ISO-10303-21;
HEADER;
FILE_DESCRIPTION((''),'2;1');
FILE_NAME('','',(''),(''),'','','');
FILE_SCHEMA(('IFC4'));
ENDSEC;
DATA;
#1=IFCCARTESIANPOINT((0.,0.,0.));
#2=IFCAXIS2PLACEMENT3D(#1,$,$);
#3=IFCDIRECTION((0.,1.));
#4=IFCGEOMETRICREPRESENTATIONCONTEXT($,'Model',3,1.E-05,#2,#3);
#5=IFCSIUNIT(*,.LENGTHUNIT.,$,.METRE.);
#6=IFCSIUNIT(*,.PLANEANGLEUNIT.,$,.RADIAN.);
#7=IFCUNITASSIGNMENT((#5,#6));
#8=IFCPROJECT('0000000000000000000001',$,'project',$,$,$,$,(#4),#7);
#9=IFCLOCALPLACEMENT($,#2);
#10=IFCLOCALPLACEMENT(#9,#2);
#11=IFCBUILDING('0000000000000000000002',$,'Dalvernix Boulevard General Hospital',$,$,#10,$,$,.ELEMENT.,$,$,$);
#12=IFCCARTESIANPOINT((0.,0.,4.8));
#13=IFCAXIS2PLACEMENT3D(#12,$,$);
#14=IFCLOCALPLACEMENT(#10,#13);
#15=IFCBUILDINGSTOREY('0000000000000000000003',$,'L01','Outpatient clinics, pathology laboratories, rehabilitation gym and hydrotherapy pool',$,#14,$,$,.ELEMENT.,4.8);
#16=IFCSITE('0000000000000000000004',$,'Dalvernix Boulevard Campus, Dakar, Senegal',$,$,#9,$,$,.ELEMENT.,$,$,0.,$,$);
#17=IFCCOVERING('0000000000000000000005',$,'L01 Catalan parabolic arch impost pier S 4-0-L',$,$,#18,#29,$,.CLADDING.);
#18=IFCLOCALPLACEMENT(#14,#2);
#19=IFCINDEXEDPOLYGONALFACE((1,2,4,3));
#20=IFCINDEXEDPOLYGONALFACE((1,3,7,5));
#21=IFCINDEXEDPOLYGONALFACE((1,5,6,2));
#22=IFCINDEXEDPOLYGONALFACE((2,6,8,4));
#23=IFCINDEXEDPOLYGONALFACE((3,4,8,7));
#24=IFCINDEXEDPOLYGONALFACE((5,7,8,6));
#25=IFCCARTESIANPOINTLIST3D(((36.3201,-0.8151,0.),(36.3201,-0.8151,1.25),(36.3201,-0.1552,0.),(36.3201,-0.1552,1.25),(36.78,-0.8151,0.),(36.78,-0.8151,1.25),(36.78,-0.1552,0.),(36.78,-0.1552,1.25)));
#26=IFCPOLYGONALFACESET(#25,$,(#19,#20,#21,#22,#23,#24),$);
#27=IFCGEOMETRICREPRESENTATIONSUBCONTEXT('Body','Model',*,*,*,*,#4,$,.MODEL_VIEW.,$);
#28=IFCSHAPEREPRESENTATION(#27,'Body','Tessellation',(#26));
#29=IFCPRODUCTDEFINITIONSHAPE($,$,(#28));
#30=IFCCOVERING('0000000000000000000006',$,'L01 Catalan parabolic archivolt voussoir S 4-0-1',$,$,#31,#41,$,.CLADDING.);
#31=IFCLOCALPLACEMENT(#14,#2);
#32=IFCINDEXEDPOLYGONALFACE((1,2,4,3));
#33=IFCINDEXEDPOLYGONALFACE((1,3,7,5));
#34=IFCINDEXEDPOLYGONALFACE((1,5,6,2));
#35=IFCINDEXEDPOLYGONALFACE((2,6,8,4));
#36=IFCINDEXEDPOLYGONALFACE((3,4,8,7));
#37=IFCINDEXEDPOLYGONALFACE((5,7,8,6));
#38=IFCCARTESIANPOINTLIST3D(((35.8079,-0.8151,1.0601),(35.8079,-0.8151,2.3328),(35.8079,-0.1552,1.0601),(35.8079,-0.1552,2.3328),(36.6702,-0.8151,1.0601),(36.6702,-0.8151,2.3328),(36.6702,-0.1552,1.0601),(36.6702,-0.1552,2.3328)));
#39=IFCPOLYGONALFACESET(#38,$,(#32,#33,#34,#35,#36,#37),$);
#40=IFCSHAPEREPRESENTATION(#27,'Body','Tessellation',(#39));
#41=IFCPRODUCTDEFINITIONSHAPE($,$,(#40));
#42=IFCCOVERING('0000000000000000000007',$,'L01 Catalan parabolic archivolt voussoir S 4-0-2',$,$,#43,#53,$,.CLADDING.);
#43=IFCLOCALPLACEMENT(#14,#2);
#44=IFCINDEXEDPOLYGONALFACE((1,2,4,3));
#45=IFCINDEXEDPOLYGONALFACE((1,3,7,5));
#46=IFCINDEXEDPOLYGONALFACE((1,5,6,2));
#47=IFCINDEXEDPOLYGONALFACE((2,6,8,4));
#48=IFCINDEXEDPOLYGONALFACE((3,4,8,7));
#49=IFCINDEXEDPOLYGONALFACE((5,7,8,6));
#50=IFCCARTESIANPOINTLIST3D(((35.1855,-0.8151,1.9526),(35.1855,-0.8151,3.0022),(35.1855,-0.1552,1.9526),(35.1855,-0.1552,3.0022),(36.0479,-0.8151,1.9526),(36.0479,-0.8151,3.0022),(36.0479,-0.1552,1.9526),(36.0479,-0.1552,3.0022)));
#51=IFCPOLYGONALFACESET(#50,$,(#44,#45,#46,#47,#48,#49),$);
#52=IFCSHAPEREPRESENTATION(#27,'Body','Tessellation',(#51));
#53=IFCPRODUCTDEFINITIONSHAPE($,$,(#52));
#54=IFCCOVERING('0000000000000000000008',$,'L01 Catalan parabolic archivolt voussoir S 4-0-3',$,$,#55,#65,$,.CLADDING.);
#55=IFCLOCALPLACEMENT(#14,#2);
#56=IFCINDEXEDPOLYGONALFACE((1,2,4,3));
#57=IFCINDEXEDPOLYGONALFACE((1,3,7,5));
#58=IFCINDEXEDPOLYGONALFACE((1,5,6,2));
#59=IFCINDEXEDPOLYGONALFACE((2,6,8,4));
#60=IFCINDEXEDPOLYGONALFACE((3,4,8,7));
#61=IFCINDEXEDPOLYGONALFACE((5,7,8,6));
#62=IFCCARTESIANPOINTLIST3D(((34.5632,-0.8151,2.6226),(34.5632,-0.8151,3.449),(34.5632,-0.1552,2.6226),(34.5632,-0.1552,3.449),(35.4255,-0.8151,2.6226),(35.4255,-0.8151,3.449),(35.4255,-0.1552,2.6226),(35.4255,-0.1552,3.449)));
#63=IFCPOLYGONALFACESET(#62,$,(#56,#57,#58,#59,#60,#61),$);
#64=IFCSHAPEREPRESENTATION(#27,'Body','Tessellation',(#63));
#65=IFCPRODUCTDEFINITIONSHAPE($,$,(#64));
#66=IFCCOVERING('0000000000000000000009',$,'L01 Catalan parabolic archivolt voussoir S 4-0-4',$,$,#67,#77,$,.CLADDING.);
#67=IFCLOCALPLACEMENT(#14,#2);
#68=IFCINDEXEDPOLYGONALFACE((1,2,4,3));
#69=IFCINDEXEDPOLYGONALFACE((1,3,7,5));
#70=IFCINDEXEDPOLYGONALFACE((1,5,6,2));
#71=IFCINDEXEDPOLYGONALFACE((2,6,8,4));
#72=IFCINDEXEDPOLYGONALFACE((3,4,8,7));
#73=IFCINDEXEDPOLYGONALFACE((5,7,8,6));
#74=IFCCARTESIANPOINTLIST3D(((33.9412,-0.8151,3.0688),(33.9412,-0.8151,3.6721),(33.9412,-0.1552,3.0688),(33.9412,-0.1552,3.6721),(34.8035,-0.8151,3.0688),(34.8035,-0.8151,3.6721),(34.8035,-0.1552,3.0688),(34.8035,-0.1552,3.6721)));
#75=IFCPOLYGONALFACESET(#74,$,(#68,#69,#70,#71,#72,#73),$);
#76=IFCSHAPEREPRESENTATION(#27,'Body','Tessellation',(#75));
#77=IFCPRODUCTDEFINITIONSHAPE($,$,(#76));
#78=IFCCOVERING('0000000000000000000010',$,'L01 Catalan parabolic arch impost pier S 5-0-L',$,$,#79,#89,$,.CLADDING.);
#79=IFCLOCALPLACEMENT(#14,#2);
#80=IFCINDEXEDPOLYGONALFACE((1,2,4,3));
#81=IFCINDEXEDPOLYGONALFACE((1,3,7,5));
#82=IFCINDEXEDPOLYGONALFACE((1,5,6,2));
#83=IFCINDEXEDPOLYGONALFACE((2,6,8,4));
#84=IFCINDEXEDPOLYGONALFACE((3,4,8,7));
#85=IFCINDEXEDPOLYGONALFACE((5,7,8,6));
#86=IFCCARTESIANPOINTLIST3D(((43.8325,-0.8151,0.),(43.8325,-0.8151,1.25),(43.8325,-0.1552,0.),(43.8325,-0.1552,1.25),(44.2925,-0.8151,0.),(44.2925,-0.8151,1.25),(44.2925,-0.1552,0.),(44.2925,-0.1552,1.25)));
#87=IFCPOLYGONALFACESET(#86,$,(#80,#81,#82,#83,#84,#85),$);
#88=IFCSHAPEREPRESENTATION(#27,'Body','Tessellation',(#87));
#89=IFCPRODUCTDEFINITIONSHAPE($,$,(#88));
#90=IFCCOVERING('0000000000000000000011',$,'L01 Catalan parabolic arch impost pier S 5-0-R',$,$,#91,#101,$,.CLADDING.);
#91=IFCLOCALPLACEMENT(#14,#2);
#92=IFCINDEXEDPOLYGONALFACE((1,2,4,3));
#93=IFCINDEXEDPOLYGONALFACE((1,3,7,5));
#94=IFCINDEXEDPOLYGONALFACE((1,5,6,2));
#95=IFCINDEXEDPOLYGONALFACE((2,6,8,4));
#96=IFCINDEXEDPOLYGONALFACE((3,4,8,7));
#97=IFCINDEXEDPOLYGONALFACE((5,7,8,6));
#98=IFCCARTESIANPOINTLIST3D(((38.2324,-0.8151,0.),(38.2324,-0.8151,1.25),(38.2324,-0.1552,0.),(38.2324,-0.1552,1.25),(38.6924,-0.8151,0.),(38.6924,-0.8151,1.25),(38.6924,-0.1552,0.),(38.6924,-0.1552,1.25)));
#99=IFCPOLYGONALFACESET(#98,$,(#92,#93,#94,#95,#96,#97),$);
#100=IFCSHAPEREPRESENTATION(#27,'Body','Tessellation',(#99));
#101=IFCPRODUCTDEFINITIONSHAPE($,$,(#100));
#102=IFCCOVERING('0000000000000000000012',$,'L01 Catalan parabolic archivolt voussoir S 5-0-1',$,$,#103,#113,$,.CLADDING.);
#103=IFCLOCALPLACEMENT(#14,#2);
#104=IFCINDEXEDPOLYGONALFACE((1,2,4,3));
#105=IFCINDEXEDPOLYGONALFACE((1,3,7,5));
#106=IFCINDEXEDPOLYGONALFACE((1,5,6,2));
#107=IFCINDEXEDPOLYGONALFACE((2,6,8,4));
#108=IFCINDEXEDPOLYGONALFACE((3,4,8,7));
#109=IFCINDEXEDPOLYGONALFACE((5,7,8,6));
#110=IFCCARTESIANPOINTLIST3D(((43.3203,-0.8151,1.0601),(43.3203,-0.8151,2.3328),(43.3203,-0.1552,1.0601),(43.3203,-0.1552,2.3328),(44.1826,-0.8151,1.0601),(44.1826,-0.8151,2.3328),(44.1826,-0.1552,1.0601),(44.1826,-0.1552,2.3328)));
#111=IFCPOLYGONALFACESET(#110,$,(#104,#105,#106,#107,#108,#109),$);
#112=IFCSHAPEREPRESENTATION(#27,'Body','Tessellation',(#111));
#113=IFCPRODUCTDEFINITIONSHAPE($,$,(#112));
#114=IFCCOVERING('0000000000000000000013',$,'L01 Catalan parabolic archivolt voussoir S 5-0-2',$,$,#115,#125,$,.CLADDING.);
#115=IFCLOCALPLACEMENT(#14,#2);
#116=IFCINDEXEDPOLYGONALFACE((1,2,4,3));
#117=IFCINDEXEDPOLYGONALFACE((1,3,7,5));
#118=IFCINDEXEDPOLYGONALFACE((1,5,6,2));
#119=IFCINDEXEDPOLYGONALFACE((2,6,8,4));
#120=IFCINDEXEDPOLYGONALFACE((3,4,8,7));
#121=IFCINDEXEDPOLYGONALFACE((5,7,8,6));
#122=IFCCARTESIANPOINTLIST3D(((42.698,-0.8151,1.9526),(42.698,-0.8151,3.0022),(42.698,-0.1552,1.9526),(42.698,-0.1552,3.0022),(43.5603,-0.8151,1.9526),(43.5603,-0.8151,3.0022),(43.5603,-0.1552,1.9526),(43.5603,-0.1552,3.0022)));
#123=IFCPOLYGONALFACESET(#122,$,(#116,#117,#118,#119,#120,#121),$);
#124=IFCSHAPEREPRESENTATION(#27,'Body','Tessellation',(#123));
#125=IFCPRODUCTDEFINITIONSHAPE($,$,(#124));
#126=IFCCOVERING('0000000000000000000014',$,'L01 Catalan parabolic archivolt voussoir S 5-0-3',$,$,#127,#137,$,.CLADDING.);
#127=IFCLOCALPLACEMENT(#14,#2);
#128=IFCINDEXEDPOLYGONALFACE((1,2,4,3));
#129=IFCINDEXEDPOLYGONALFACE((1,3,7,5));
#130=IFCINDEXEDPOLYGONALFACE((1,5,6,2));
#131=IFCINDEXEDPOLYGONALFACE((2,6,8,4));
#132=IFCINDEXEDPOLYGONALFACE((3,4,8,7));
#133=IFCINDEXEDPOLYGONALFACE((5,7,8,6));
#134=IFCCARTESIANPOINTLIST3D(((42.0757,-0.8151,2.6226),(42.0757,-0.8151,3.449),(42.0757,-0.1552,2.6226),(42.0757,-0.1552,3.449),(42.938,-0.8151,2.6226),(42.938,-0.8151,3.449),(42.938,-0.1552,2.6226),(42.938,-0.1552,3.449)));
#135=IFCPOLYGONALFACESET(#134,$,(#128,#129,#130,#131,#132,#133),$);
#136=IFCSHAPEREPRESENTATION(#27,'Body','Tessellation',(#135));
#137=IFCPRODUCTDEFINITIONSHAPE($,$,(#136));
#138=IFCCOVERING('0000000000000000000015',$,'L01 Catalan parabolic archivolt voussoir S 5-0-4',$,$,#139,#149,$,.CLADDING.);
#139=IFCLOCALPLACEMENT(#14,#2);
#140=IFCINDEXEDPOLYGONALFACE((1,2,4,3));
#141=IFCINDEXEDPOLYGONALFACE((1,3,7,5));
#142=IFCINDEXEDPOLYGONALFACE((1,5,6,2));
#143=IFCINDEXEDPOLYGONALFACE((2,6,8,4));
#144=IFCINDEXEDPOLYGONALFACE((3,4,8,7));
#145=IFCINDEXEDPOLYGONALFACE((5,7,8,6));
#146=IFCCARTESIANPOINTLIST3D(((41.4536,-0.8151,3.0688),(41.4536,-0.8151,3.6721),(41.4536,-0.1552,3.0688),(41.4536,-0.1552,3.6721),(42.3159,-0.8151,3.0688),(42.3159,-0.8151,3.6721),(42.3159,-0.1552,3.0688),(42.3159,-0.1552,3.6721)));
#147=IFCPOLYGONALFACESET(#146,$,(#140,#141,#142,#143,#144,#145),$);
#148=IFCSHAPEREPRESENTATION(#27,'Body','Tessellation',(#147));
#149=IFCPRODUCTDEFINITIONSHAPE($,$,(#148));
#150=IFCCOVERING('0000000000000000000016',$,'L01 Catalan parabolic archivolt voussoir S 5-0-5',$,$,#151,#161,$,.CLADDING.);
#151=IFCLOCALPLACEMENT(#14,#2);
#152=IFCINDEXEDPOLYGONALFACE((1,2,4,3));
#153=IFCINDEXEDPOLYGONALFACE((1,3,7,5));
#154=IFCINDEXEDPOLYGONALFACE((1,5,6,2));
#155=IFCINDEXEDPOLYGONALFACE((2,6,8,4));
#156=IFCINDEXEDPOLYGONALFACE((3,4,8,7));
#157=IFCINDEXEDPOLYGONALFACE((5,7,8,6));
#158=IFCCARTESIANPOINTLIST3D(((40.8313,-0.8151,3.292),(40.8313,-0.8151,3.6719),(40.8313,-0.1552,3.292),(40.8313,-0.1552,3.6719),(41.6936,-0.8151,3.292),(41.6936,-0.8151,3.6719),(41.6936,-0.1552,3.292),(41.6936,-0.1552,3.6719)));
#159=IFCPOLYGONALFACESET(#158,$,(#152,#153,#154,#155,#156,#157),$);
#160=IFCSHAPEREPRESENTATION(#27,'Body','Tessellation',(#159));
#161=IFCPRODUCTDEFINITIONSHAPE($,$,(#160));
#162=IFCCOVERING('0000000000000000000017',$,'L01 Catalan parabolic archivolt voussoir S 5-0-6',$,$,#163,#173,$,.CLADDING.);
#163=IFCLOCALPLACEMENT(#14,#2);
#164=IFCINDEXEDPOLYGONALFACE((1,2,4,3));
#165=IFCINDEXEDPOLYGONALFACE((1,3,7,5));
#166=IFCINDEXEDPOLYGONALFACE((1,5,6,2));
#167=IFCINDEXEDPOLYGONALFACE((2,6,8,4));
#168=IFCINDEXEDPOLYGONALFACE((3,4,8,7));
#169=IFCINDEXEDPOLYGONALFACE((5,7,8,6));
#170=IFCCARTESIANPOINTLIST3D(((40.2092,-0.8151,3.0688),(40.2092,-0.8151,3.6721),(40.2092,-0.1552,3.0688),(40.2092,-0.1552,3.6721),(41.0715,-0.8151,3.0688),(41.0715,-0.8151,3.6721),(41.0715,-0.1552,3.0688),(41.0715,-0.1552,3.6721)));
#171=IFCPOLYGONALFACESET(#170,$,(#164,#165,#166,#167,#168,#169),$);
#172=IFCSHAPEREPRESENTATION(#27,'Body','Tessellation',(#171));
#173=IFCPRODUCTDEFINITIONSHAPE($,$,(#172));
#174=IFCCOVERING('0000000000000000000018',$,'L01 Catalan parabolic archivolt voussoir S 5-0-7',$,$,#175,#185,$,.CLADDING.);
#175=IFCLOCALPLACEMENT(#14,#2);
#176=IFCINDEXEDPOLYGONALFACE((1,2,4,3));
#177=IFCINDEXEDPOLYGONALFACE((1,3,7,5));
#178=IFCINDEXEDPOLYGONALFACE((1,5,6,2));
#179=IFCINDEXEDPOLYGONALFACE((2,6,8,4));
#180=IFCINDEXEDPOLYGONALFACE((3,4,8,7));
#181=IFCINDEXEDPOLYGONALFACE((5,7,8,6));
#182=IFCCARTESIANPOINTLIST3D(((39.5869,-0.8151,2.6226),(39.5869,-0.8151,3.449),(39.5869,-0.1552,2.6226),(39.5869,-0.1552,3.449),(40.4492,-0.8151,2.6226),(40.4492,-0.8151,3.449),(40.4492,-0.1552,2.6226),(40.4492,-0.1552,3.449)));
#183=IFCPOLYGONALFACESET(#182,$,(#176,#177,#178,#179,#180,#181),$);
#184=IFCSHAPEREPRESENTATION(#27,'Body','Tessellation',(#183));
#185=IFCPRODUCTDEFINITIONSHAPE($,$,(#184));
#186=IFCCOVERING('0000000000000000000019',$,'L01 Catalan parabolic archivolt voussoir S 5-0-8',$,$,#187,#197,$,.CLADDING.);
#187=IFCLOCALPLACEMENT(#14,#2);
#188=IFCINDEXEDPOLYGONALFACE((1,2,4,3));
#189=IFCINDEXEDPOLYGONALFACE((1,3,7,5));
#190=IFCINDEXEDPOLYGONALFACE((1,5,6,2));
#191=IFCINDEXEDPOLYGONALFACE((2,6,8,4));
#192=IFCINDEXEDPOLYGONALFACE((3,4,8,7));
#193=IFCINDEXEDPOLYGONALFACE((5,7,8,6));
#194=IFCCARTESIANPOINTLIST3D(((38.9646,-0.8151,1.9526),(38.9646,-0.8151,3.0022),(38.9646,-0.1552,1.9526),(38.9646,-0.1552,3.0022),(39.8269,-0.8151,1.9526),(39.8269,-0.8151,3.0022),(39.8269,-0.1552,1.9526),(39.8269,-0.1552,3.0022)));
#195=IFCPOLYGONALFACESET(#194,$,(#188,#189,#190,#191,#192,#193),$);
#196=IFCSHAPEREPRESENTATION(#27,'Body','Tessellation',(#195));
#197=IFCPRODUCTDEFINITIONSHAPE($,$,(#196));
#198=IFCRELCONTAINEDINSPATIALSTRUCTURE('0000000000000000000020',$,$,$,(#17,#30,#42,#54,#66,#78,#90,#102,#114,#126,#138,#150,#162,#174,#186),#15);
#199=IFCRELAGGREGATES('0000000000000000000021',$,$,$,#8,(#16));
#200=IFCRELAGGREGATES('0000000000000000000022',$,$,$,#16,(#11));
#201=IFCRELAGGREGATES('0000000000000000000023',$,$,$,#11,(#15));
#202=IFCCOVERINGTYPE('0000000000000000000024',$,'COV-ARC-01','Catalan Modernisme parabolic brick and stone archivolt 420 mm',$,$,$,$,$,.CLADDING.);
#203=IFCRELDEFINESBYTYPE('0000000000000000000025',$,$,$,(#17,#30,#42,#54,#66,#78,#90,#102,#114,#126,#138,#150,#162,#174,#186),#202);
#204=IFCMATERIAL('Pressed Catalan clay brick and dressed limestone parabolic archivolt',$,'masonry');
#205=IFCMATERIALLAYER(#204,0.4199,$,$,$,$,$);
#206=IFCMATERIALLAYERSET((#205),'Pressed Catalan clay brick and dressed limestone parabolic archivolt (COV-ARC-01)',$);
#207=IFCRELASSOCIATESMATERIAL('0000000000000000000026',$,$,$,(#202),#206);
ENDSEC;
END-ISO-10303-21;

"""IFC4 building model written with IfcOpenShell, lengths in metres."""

from ifc_helpers import new_model, si_unit, direction, frame, origin, origin_2d, place, context, subcontext, project, spatial, rectangle, extrude, material, layer, layer_set, type_object, element, save


model = new_model("IFC4")

# Units and contexts
model_context = context("Model", 3, precision=1e-05, world=origin(), true_north=direction((0.0, 1.0)))
body_context = subcontext(model_context, "Body", "Model", "MODEL_VIEW")
ifc_project = project(units=[si_unit("LENGTHUNIT", "METRE"), si_unit("PLANEANGLEUNIT", "RADIAN")], contexts=[model_context])

# Site, building, storey
site_placement = place(None, origin())
site = spatial("IfcSite", under=ifc_project, at=site_placement, Name="Dalvernix Boulevard Campus, Dakar, Senegal", CompositionType="ELEMENT", RefElevation=0.0)
building_placement = place(site_placement, origin())
building = spatial("IfcBuilding", under=site, at=building_placement, Name="Dalvernix Boulevard General Hospital", CompositionType="ELEMENT")
storey_placement = place(building_placement, frame((0.0, 0.0, 4.8)))
storey = spatial("IfcBuildingStorey", under=building, at=storey_placement, Name="L01", Description="Outpatient clinics, pathology laboratories, rehabilitation gym and hydrotherapy pool", CompositionType="ELEMENT", Elevation=4.8)

# Coverings
ifc_material_1 = material(Name="Pressed Catalan clay brick and dressed limestone parabolic archivolt", Category="masonry")
ifc_layer_1 = layer(ifc_material_1, 0.4199)
ifc_layer_set_1 = layer_set([ifc_layer_1], Name="Pressed Catalan clay brick and dressed limestone parabolic archivolt (COV-ARC-01)")
covering_type_1 = type_object("IfcCoveringType", Name="COV-ARC-01", Description="Catalan Modernisme parabolic brick and stone archivolt 420 mm", PredefinedType="CLADDING", material=ifc_layer_set_1)
covering_1_placement = place(storey_placement, frame((36.55, -0.4851, 0.0), z_axis=(0.0, 0.0, 1.0), x_axis=(-1.0, 0.0, 0.0)))
element("IfcCovering", 1, at=covering_1_placement, inside=storey, type_object=covering_type_1, Name="L01 Catalan parabolic arch impost pier S 4-0-L", PredefinedType="CLADDING", context=body_context, shape_type="SweptSolid", body=[
    extrude(rectangle(XDim=0.46, YDim=0.6599, at=origin_2d()), origin(), (0.0, 0.0, 1.0), 1.25),
])
covering_2_placement = place(storey_placement, frame((36.239, -0.4851, 1.0601), z_axis=(0.0, 0.0, 1.0), x_axis=(-1.0, 0.0, 0.0)))
element("IfcCovering", 2, at=covering_2_placement, inside=storey, type_object=covering_type_1, Name="L01 Catalan parabolic archivolt voussoir S 4-0-1", PredefinedType="CLADDING", context=body_context, shape_type="SweptSolid", body=[
    extrude(rectangle(XDim=0.8623, YDim=0.6599, at=origin_2d()), origin(), (0.0, 0.0, 1.0), 1.2727),
])
covering_3_placement = place(storey_placement, frame((35.6167, -0.4851, 1.9526), z_axis=(0.0, 0.0, 1.0), x_axis=(-1.0, 0.0, 0.0)))
element("IfcCovering", 3, at=covering_3_placement, inside=storey, type_object=covering_type_1, Name="L01 Catalan parabolic archivolt voussoir S 4-0-2", PredefinedType="CLADDING", context=body_context, shape_type="SweptSolid", body=[
    extrude(rectangle(XDim=0.8623, YDim=0.6599, at=origin_2d()), origin(), (0.0, 0.0, 1.0), 1.0496),
])
covering_4_placement = place(storey_placement, frame((34.9944, -0.4851, 2.6226), z_axis=(0.0, 0.0, 1.0), x_axis=(-1.0, 0.0, 0.0)))
element("IfcCovering", 4, at=covering_4_placement, inside=storey, type_object=covering_type_1, Name="L01 Catalan parabolic archivolt voussoir S 4-0-3", PredefinedType="CLADDING", context=body_context, shape_type="SweptSolid", body=[
    extrude(rectangle(XDim=0.8623, YDim=0.6599, at=origin_2d()), origin(), (0.0, 0.0, 1.0), 0.8264),
])
covering_5_placement = place(storey_placement, frame((34.3723, -0.4851, 3.0688), z_axis=(0.0, 0.0, 1.0), x_axis=(-1.0, 0.0, 0.0)))
element("IfcCovering", 5, at=covering_5_placement, inside=storey, type_object=covering_type_1, Name="L01 Catalan parabolic archivolt voussoir S 4-0-4", PredefinedType="CLADDING", context=body_context, shape_type="SweptSolid", body=[
    extrude(rectangle(XDim=0.8623, YDim=0.6599, at=origin_2d()), origin(), (0.0, 0.0, 1.0), 0.6033),
])
for number, where, z_axis, x_axis, name in (
    (6, (44.0625, -0.4851, 0.0), (0.0, 0.0, 1.0), (-1.0, 0.0, 0.0), "L01 Catalan parabolic arch impost pier S 5-0-L"),
    (7, (38.4624, -0.4851, 0.0), (0.0, 0.0, 1.0), (-1.0, 0.0, 0.0), "L01 Catalan parabolic arch impost pier S 5-0-R"),
):
    element("IfcCovering", number, at=place(storey_placement, frame(where, z_axis=z_axis, x_axis=x_axis)), inside=storey, type_object=covering_type_1, Name=name, PredefinedType="CLADDING", context=body_context, shape_type="SweptSolid", body=[
        extrude(rectangle(XDim=0.46, YDim=0.6599, at=origin_2d()), origin(), (0.0, 0.0, 1.0), 1.25),
    ])
covering_6_placement = place(storey_placement, frame((43.7515, -0.4851, 1.0601), z_axis=(0.0, 0.0, 1.0), x_axis=(-1.0, 0.0, 0.0)))
element("IfcCovering", 8, at=covering_6_placement, inside=storey, type_object=covering_type_1, Name="L01 Catalan parabolic archivolt voussoir S 5-0-1", PredefinedType="CLADDING", context=body_context, shape_type="SweptSolid", body=[
    extrude(rectangle(XDim=0.8623, YDim=0.6599, at=origin_2d()), origin(), (0.0, 0.0, 1.0), 1.2727),
])
covering_7_placement = place(storey_placement, frame((43.1292, -0.4851, 1.9526), z_axis=(0.0, 0.0, 1.0), x_axis=(-1.0, 0.0, 0.0)))
element("IfcCovering", 9, at=covering_7_placement, inside=storey, type_object=covering_type_1, Name="L01 Catalan parabolic archivolt voussoir S 5-0-2", PredefinedType="CLADDING", context=body_context, shape_type="SweptSolid", body=[
    extrude(rectangle(XDim=0.8623, YDim=0.6599, at=origin_2d()), origin(), (0.0, 0.0, 1.0), 1.0496),
])
covering_8_placement = place(storey_placement, frame((42.5068, -0.4851, 2.6226), z_axis=(0.0, 0.0, 1.0), x_axis=(-1.0, 0.0, 0.0)))
element("IfcCovering", 10, at=covering_8_placement, inside=storey, type_object=covering_type_1, Name="L01 Catalan parabolic archivolt voussoir S 5-0-3", PredefinedType="CLADDING", context=body_context, shape_type="SweptSolid", body=[
    extrude(rectangle(XDim=0.8623, YDim=0.6599, at=origin_2d()), origin(), (0.0, 0.0, 1.0), 0.8264),
])
covering_9_placement = place(storey_placement, frame((41.8848, -0.4851, 3.0688), z_axis=(0.0, 0.0, 1.0), x_axis=(-1.0, 0.0, 0.0)))
element("IfcCovering", 11, at=covering_9_placement, inside=storey, type_object=covering_type_1, Name="L01 Catalan parabolic archivolt voussoir S 5-0-4", PredefinedType="CLADDING", context=body_context, shape_type="SweptSolid", body=[
    extrude(rectangle(XDim=0.8623, YDim=0.6599, at=origin_2d()), origin(), (0.0, 0.0, 1.0), 0.6033),
])
covering_10_placement = place(storey_placement, frame((41.2625, -0.4851, 3.292), z_axis=(0.0, 0.0, 1.0), x_axis=(-1.0, 0.0, 0.0)))
element("IfcCovering", 12, at=covering_10_placement, inside=storey, type_object=covering_type_1, Name="L01 Catalan parabolic archivolt voussoir S 5-0-5", PredefinedType="CLADDING", context=body_context, shape_type="SweptSolid", body=[
    extrude(rectangle(XDim=0.8623, YDim=0.6599, at=origin_2d()), origin(), (0.0, 0.0, 1.0), 0.3799),
])
covering_11_placement = place(storey_placement, frame((40.6404, -0.4851, 3.0688), z_axis=(0.0, 0.0, 1.0), x_axis=(-1.0, 0.0, 0.0)))
element("IfcCovering", 13, at=covering_11_placement, inside=storey, type_object=covering_type_1, Name="L01 Catalan parabolic archivolt voussoir S 5-0-6", PredefinedType="CLADDING", context=body_context, shape_type="SweptSolid", body=[
    extrude(rectangle(XDim=0.8623, YDim=0.6599, at=origin_2d()), origin(), (0.0, 0.0, 1.0), 0.6033),
])
covering_12_placement = place(storey_placement, frame((40.0181, -0.4851, 2.6226), z_axis=(0.0, 0.0, 1.0), x_axis=(-1.0, 0.0, 0.0)))
element("IfcCovering", 14, at=covering_12_placement, inside=storey, type_object=covering_type_1, Name="L01 Catalan parabolic archivolt voussoir S 5-0-7", PredefinedType="CLADDING", context=body_context, shape_type="SweptSolid", body=[
    extrude(rectangle(XDim=0.8623, YDim=0.6599, at=origin_2d()), origin(), (0.0, 0.0, 1.0), 0.8264),
])
covering_13_placement = place(storey_placement, frame((39.3958, -0.4851, 1.9526), z_axis=(0.0, 0.0, 1.0), x_axis=(-1.0, 0.0, 0.0)))
element("IfcCovering", 15, at=covering_13_placement, inside=storey, type_object=covering_type_1, Name="L01 Catalan parabolic archivolt voussoir S 5-0-8", PredefinedType="CLADDING", context=body_context, shape_type="SweptSolid", body=[
    extrude(rectangle(XDim=0.8623, YDim=0.6599, at=origin_2d()), origin(), (0.0, 0.0, 1.0), 1.0496),
])

save(model, "model.ifc")
